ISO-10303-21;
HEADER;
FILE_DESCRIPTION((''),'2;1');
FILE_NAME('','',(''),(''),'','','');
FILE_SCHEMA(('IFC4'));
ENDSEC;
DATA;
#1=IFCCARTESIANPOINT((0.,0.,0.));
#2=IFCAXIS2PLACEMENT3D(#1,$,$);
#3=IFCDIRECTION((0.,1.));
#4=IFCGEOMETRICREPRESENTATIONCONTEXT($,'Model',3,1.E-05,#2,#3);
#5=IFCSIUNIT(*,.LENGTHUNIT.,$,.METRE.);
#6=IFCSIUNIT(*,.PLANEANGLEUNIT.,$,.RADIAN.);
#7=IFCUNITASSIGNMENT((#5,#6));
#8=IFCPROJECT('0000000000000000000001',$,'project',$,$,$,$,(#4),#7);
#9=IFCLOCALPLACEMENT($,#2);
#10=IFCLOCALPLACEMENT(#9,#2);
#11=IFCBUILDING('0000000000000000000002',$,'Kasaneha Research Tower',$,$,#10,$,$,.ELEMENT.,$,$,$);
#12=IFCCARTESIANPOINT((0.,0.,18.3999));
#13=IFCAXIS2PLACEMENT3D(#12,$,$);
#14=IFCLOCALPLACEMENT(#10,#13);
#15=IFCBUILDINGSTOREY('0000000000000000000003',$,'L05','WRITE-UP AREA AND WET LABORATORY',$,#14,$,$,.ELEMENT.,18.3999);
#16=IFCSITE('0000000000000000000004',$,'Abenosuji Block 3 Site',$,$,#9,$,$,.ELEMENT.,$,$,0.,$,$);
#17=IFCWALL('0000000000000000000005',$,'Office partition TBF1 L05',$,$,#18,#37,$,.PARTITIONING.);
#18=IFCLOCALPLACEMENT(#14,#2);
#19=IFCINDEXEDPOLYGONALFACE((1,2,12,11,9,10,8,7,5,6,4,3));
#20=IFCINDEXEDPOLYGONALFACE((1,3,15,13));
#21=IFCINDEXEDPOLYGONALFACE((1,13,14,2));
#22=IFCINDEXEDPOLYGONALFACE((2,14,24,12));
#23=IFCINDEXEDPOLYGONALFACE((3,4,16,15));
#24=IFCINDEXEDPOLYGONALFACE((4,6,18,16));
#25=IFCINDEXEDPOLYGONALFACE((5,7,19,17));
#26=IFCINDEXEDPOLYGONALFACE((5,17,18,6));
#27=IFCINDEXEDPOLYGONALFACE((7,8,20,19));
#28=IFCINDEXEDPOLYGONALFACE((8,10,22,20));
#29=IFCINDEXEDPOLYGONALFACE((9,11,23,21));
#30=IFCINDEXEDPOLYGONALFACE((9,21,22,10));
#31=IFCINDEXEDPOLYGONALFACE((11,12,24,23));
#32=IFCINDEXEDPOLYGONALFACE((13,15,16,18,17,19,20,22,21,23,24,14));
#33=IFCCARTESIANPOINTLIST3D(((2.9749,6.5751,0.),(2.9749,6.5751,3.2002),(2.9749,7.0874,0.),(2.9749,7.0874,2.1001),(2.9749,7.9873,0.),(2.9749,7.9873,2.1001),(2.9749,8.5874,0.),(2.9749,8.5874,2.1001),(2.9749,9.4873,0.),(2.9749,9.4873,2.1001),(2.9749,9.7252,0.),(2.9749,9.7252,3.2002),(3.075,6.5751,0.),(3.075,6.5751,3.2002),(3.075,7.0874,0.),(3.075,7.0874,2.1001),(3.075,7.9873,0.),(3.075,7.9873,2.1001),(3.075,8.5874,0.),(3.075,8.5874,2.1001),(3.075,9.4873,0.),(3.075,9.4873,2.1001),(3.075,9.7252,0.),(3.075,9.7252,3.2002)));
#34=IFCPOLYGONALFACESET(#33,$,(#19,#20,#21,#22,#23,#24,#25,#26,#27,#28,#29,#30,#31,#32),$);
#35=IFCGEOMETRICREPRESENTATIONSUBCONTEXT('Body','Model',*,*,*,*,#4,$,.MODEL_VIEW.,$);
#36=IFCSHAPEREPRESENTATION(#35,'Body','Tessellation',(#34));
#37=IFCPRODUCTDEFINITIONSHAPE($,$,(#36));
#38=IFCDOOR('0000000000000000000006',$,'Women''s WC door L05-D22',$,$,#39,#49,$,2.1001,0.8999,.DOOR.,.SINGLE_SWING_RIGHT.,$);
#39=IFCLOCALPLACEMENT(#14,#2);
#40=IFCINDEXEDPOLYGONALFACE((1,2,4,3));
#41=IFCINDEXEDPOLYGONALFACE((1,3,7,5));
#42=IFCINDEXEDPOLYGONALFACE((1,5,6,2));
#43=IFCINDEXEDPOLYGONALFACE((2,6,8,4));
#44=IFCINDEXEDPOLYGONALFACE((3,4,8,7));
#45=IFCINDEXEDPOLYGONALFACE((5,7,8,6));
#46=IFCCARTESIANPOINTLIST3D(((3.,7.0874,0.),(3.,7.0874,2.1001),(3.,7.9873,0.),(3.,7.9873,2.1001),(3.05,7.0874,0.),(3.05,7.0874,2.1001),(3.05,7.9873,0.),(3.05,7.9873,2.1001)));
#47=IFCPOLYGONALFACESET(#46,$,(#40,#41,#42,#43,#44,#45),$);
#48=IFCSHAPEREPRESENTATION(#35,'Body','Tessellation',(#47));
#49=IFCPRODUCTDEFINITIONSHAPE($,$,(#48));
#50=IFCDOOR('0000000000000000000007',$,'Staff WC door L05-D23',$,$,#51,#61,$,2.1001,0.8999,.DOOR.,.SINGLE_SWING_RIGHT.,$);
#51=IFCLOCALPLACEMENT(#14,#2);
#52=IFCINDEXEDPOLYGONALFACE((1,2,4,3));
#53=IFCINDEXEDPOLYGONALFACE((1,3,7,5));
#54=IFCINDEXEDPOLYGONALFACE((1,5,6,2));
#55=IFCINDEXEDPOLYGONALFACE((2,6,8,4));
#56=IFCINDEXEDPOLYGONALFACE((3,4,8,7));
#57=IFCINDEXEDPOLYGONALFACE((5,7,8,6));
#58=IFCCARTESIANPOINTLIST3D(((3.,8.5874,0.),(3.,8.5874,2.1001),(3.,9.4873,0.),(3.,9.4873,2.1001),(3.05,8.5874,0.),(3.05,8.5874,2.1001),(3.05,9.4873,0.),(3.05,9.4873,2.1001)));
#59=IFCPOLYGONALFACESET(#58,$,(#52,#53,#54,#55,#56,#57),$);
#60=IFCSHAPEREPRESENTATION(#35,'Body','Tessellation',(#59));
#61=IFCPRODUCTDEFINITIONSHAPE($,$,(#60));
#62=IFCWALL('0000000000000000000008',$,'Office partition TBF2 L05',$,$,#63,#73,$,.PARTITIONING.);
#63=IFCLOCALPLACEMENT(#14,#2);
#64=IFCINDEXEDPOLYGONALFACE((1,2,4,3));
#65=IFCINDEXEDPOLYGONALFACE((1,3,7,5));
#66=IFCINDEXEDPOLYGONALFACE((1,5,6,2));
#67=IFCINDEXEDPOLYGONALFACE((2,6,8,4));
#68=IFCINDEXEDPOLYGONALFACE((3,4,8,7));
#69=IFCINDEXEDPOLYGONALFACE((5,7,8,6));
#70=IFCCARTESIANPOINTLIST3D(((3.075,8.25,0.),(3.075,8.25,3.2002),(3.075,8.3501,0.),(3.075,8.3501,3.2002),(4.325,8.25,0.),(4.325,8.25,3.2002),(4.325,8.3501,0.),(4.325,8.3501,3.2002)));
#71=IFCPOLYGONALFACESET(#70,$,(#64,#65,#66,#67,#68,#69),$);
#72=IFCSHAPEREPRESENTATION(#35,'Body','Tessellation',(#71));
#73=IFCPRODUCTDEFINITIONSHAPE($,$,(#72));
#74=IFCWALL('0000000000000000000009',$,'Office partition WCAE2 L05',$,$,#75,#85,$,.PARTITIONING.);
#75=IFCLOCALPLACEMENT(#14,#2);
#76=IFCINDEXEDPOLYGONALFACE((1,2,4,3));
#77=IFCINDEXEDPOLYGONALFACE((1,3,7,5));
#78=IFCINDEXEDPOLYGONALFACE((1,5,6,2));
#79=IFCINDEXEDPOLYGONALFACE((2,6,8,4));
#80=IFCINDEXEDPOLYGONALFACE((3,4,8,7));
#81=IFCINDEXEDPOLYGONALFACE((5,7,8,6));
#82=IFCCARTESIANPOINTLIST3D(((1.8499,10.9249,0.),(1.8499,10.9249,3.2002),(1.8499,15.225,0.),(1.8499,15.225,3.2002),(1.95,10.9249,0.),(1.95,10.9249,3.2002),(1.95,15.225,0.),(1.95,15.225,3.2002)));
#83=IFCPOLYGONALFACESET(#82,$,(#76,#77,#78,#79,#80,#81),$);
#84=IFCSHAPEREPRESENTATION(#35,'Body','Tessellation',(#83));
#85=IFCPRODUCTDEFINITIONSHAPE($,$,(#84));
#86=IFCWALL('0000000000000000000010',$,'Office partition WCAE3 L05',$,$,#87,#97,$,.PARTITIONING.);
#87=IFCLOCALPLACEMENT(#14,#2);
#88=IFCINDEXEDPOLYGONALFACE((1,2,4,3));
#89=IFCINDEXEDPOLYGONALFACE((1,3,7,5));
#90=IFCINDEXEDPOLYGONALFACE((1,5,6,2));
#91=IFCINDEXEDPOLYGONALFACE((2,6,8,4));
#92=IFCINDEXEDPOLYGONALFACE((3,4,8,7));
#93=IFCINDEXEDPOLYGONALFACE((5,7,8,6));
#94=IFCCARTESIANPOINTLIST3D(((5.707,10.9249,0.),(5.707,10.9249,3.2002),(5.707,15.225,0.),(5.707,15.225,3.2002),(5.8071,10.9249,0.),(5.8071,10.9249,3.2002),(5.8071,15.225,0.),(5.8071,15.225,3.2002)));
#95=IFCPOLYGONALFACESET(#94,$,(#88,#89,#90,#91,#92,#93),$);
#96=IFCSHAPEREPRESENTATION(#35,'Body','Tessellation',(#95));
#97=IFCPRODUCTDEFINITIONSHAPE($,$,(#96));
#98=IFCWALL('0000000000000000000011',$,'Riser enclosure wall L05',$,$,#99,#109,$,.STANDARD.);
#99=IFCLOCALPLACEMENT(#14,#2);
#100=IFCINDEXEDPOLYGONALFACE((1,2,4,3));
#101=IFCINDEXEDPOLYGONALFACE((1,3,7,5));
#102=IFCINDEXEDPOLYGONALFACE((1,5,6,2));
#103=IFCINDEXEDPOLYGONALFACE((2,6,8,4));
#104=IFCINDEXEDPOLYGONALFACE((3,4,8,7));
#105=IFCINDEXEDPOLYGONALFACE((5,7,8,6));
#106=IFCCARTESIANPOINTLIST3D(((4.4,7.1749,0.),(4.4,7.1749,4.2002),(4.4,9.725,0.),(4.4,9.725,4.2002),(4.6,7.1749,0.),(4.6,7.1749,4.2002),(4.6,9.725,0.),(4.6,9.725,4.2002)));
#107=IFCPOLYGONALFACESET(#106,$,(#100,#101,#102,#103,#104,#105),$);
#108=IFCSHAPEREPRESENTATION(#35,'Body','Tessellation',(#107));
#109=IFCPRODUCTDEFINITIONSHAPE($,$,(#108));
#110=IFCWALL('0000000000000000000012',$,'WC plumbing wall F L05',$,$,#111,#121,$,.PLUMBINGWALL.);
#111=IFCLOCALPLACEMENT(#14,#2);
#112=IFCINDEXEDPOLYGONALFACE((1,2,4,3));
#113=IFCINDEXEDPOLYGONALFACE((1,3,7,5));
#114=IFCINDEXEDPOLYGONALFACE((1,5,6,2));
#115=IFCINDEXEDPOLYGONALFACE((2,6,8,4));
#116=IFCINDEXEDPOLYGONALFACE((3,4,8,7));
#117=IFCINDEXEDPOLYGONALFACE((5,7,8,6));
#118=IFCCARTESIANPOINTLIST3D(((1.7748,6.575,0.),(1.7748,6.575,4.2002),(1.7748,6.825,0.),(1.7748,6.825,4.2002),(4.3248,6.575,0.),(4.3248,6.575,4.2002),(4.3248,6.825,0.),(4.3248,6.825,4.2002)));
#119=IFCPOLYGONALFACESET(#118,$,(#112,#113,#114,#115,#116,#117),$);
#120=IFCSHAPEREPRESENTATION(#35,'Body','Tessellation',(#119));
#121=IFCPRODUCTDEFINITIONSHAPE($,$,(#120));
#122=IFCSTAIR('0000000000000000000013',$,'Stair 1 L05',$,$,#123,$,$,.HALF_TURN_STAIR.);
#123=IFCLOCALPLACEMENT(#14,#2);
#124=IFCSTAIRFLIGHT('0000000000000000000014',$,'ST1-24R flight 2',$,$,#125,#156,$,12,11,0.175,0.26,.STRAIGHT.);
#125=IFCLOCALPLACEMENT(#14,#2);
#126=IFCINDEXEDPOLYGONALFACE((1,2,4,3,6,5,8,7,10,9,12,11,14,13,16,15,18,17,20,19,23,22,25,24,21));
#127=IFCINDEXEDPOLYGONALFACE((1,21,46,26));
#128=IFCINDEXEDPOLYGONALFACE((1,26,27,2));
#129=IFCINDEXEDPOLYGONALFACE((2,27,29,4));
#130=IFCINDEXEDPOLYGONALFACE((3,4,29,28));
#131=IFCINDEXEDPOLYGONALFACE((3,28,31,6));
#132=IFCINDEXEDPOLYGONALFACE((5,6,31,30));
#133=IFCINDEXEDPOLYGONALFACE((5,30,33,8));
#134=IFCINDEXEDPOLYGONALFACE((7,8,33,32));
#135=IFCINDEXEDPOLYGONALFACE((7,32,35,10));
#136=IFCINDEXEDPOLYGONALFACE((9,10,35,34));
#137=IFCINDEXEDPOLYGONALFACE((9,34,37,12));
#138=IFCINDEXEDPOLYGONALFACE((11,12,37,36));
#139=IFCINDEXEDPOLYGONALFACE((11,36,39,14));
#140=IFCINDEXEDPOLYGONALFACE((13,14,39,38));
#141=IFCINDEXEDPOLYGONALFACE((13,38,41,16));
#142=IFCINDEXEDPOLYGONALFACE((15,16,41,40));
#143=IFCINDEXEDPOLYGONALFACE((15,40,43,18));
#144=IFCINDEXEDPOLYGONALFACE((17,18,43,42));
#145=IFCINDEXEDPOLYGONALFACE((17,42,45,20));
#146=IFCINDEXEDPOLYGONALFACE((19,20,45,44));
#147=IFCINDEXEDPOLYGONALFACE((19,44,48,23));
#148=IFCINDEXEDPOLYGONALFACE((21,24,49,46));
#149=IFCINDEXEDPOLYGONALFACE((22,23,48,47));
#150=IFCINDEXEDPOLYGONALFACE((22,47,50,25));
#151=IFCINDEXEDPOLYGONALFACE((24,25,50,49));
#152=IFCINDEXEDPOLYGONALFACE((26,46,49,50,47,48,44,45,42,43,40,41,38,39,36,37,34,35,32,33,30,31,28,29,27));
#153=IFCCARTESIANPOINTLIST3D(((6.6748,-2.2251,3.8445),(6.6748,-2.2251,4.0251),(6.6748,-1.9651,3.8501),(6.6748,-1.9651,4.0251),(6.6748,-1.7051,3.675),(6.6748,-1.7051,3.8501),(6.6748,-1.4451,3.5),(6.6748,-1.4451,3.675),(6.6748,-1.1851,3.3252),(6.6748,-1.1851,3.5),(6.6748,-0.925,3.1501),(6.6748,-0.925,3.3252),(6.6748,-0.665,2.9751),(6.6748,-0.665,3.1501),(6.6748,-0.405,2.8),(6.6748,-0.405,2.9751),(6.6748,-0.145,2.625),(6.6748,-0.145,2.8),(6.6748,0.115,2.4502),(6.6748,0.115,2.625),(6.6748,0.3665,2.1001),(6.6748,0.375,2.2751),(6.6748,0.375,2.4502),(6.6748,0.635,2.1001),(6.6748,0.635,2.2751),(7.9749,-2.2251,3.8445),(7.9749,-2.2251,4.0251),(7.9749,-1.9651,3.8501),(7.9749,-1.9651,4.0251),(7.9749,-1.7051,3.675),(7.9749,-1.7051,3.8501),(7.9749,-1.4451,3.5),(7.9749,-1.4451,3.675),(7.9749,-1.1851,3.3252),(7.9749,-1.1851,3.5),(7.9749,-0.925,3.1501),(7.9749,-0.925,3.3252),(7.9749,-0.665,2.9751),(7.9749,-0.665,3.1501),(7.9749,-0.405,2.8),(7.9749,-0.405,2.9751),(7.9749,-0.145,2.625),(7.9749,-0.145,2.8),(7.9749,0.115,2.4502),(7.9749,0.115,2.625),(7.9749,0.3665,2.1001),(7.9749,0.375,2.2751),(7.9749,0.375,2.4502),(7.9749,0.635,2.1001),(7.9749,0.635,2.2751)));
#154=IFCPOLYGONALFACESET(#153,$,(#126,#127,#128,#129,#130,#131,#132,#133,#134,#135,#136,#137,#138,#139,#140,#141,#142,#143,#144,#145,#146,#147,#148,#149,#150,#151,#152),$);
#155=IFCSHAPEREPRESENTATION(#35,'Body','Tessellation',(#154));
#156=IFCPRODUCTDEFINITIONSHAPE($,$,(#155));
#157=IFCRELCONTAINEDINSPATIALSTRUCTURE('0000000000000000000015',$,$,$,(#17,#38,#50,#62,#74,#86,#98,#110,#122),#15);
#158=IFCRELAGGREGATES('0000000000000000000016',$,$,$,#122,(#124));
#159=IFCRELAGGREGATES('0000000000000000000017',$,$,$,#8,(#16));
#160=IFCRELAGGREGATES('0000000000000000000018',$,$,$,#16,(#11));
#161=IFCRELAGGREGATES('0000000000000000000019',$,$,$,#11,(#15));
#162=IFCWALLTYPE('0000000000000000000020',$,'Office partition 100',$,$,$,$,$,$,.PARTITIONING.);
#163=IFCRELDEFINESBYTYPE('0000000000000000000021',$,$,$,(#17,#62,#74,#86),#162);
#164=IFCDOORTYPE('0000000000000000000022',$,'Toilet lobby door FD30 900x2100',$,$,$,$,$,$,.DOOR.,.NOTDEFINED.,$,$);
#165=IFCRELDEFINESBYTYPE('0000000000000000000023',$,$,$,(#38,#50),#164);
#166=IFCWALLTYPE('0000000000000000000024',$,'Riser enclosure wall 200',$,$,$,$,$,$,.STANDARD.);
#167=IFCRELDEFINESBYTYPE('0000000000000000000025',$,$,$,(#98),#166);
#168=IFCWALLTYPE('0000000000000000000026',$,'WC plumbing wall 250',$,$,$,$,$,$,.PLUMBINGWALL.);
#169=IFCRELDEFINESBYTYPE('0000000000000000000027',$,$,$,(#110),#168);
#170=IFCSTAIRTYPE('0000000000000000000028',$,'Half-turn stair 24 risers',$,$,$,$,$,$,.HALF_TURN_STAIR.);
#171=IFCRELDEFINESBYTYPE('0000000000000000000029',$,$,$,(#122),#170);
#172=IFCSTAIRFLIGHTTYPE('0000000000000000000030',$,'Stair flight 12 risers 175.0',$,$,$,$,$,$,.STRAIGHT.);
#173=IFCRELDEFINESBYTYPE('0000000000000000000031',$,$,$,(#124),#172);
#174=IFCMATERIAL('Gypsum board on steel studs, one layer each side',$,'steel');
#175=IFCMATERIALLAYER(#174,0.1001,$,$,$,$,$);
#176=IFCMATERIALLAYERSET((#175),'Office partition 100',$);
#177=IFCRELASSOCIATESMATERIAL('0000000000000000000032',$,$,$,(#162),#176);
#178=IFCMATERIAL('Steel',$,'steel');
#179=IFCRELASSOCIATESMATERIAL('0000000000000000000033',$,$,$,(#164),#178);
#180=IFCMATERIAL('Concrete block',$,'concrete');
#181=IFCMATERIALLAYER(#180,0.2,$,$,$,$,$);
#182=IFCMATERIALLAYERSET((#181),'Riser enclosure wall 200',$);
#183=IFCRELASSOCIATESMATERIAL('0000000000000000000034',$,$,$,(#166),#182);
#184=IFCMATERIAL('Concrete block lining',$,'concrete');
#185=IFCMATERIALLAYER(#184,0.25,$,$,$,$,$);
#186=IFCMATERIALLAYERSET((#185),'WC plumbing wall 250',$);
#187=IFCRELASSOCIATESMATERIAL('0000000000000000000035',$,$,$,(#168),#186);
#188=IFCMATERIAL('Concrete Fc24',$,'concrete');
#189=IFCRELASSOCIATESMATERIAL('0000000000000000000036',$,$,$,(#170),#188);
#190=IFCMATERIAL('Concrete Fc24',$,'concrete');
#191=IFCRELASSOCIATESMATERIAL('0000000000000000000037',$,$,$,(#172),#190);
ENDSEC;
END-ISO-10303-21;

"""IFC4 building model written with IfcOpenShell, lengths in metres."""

from ifc_helpers import new_model, si_unit, direction, frame, frame_2d, origin, place, context, subcontext, project, spatial, polyline, rectangle, outline, extrude, material, layer, layer_set, type_object, element, fill, aggregate, save


model = new_model("IFC4")

# Units and contexts
model_context = context("Model", 3, precision=1e-05, world=origin(), true_north=direction((0.0, 1.0)))
body_context = subcontext(model_context, "Body", "Model", "MODEL_VIEW")
ifc_project = project(units=[si_unit("LENGTHUNIT", "METRE"), si_unit("PLANEANGLEUNIT", "RADIAN")], contexts=[model_context])

# Site, building, storey
site_placement = place(None, origin())
site = spatial("IfcSite", under=ifc_project, at=site_placement, Name="Abenosuji Block 3 Site", CompositionType="ELEMENT", RefElevation=0.0)
building_placement = place(site_placement, origin())
building = spatial("IfcBuilding", under=site, at=building_placement, Name="Kasaneha Research Tower", CompositionType="ELEMENT")
storey_placement = place(building_placement, frame((0.0, 0.0, 18.3999)))
storey = spatial("IfcBuildingStorey", under=building, at=storey_placement, Name="L05", Description="WRITE-UP AREA AND WET LABORATORY", CompositionType="ELEMENT", Elevation=18.3999)

# Wall, openings, doors
ifc_material_1 = material(Name="Gypsum board on steel studs, one layer each side", Category="steel")
ifc_layer_1 = layer(ifc_material_1, 0.1001)
ifc_layer_set_1 = layer_set([ifc_layer_1], Name="Office partition 100")
wall_type_1 = type_object("IfcWallType", Name="Office partition 100", PredefinedType="PARTITIONING", material=ifc_layer_set_1)
wall_1_placement = place(storey_placement, frame((3.0249, 6.575, 0.0), z_axis=(0.0, 0.0, 1.0), x_axis=(0.0, 1.0, 0.0)))
wall_1 = element("IfcWall", 1, at=wall_1_placement, inside=storey, type_object=wall_type_1, Name="Office partition TBF1 L05", PredefinedType="PARTITIONING", context=body_context, shape_type="SweptSolid", body=[
    extrude(rectangle(XDim=3.1501, YDim=0.1001, at=frame_2d((1.5752, 0.0))), origin(), (0.0, 0.0, 1.0), 3.2002),
])
opening_1_placement = place(wall_1_placement, frame((0.5125, 0.0, 0.0)))
opening_1 = element("IfcOpeningElement", 2, at=opening_1_placement, cuts=wall_1, PredefinedType="OPENING", context=body_context, shape_type="SweptSolid", body=[
    extrude(rectangle(XDim=0.8999, YDim=2.1001, at=frame_2d((0.45, 1.05))), frame((0.0, 0.0601, 0.0), z_axis=(0.0, -1.0, 0.0), x_axis=(1.0, 0.0, 0.0)), (0.0, 0.0, 1.0), 0.1201),
])
opening_2_placement = place(wall_1_placement, frame((2.0125, 0.0, 0.0)))
opening_2 = element("IfcOpeningElement", 3, at=opening_2_placement, cuts=wall_1, PredefinedType="OPENING", context=body_context, shape_type="SweptSolid", body=[
    extrude(rectangle(XDim=0.8999, YDim=2.1001, at=frame_2d((0.45, 1.05))), frame((0.0, 0.0601, 0.0), z_axis=(0.0, -1.0, 0.0), x_axis=(1.0, 0.0, 0.0)), (0.0, 0.0, 1.0), 0.1201),
])
ifc_material_2 = material(Name="Steel", Category="steel")
door_type_1 = type_object("IfcDoorType", Name="Toilet lobby door FD30 900x2100", OperationType="NOTDEFINED", PredefinedType="DOOR", material=ifc_material_2)
door_1_placement = place(opening_1_placement, origin())
door_1 = element("IfcDoor", 4, at=door_1_placement, inside=storey, type_object=door_type_1, Name="Women's WC door L05-D22", OperationType="SINGLE_SWING_RIGHT", OverallHeight=2.1001, OverallWidth=0.8999, PredefinedType="DOOR", context=body_context, shape_type="SweptSolid", body=[
    extrude(rectangle(XDim=0.8999, YDim=2.1001, at=frame_2d((0.45, 1.05))), frame((0.0, 0.0249, 0.0), z_axis=(0.0, -1.0, 0.0), x_axis=(1.0, 0.0, 0.0)), (0.0, 0.0, 1.0), 0.05),
])
fill(opening_1, door_1)
door_2_placement = place(opening_2_placement, origin())
door_2 = element("IfcDoor", 5, at=door_2_placement, inside=storey, type_object=door_type_1, Name="Staff WC door L05-D23", OperationType="SINGLE_SWING_RIGHT", OverallHeight=2.1001, OverallWidth=0.8999, PredefinedType="DOOR", context=body_context, shape_type="SweptSolid", body=[
    extrude(rectangle(XDim=0.8999, YDim=2.1001, at=frame_2d((0.45, 1.05))), frame((0.0, 0.0249, 0.0), z_axis=(0.0, -1.0, 0.0), x_axis=(1.0, 0.0, 0.0)), (0.0, 0.0, 1.0), 0.05),
])
fill(opening_2, door_2)

# Walls
wall_2_placement = place(storey_placement, frame((3.075, 8.3, 0.0), z_axis=(0.0, 0.0, 1.0), x_axis=(1.0, 0.0, 0.0)))
element("IfcWall", 6, at=wall_2_placement, inside=storey, type_object=wall_type_1, Name="Office partition TBF2 L05", PredefinedType="PARTITIONING", context=body_context, shape_type="SweptSolid", body=[
    extrude(rectangle(XDim=1.25, YDim=0.1001, at=frame_2d((0.625, 0.0))), origin(), (0.0, 0.0, 1.0), 3.2002),
])
for number, where, z_axis, x_axis, name in (
    (7, (1.8999, 10.925, 0.0), (0.0, 0.0, 1.0), (0.0, 1.0, 0.0), "Office partition WCAE2 L05"),
    (8, (5.7571, 10.925, 0.0), (0.0, 0.0, 1.0), (0.0, 1.0, 0.0), "Office partition WCAE3 L05"),
):
    element("IfcWall", number, at=place(storey_placement, frame(where, z_axis=z_axis, x_axis=x_axis)), inside=storey, type_object=wall_type_1, Name=name, PredefinedType="PARTITIONING", context=body_context, shape_type="SweptSolid", body=[
        extrude(rectangle(XDim=4.3, YDim=0.1001, at=frame_2d((2.1499, 0.0))), origin(), (0.0, 0.0, 1.0), 3.2002),
    ])
ifc_material_3 = material(Name="Concrete block", Category="concrete")
ifc_layer_2 = layer(ifc_material_3, 0.2)
ifc_layer_set_2 = layer_set([ifc_layer_2], Name="Riser enclosure wall 200")
wall_type_2 = type_object("IfcWallType", Name="Riser enclosure wall 200", PredefinedType="STANDARD", material=ifc_layer_set_2)
wall_3_placement = place(storey_placement, frame((4.5, 7.175, 0.0), z_axis=(0.0, 0.0, 1.0), x_axis=(0.0, 1.0, 0.0)))
element("IfcWall", 9, at=wall_3_placement, inside=storey, type_object=wall_type_2, Name="Riser enclosure wall L05", PredefinedType="STANDARD", context=body_context, shape_type="SweptSolid", body=[
    extrude(rectangle(XDim=2.55, YDim=0.2, at=frame_2d((1.2749, 0.0))), origin(), (0.0, 0.0, 1.0), 4.2002),
])
ifc_material_4 = material(Name="Concrete block lining", Category="concrete")
ifc_layer_3 = layer(ifc_material_4, 0.25)
ifc_layer_set_3 = layer_set([ifc_layer_3], Name="WC plumbing wall 250")
wall_type_3 = type_object("IfcWallType", Name="WC plumbing wall 250", PredefinedType="PLUMBINGWALL", material=ifc_layer_set_3)
wall_4_placement = place(storey_placement, frame((1.7749, 6.7, 0.0), z_axis=(0.0, 0.0, 1.0), x_axis=(1.0, 0.0, 0.0)))
element("IfcWall", 10, at=wall_4_placement, inside=storey, type_object=wall_type_3, Name="WC plumbing wall F L05", PredefinedType="PLUMBINGWALL", context=body_context, shape_type="SweptSolid", body=[
    extrude(rectangle(XDim=2.55, YDim=0.25, at=frame_2d((1.2749, 0.0))), origin(), (0.0, 0.0, 1.0), 4.2002),
])

# Stair, stair flight
ifc_material_5 = material(Name="Concrete Fc24", Category="concrete")
stair_type = type_object("IfcStairType", Name="Half-turn stair 24 risers", PredefinedType="HALF_TURN_STAIR", material=ifc_material_5)
stair_placement = place(storey_placement, origin())
stair = element("IfcStair", 11, at=stair_placement, inside=storey, type_object=stair_type, Name="Stair 1 L05", PredefinedType="HALF_TURN_STAIR")
ifc_material_6 = material(Name="Concrete Fc24", Category="concrete")
stair_flight_type = type_object("IfcStairFlightType", Name="Stair flight 12 risers 175.0", PredefinedType="STRAIGHT", material=ifc_material_6)
stair_flight_placement = place(storey_placement, frame((7.325, 0.635, 2.1001), z_axis=(0.0, 0.0, 1.0), x_axis=(0.0, -1.0, 0.0)))
stair_flight = element("IfcStairFlight", 12, at=stair_flight_placement, type_object=stair_flight_type, Name="ST1-24R flight 2", NumberOfRisers=12, NumberOfTreads=11, PredefinedType="STRAIGHT", RiserHeight=0.175, TreadLength=0.26, context=body_context, shape_type="SweptSolid", body=[
    extrude(outline(polyline([(0.0, 0.0), (0.0, 0.175), (0.26, 0.175), (0.26, 0.3501), (0.52, 0.3501), (0.52, 0.5249), (0.78, 0.5249), (0.78, 0.7), (1.04, 0.7), (1.04, 0.875), (1.3, 0.875), (1.3, 1.05), (1.5601, 1.05), (1.5601, 1.2251), (1.8201, 1.2251), (1.8201, 1.3999), (2.0801, 1.3999), (2.0801, 1.575), (2.3401, 1.575), (2.3401, 1.75), (2.6001, 1.75), (2.6001, 1.925), (2.8601, 1.925), (2.8601, 2.1001), (2.8601, 1.7444), (0.2686, 0.0), (0.0, 0.0)])), frame((0.0, 0.6499, 0.0), z_axis=(0.0, -1.0, 0.0), x_axis=(1.0, 0.0, 0.0)), (0.0, 0.0, 1.0), 1.3),
])
aggregate(stair, [stair_flight])

save(model, "model.ifc")
